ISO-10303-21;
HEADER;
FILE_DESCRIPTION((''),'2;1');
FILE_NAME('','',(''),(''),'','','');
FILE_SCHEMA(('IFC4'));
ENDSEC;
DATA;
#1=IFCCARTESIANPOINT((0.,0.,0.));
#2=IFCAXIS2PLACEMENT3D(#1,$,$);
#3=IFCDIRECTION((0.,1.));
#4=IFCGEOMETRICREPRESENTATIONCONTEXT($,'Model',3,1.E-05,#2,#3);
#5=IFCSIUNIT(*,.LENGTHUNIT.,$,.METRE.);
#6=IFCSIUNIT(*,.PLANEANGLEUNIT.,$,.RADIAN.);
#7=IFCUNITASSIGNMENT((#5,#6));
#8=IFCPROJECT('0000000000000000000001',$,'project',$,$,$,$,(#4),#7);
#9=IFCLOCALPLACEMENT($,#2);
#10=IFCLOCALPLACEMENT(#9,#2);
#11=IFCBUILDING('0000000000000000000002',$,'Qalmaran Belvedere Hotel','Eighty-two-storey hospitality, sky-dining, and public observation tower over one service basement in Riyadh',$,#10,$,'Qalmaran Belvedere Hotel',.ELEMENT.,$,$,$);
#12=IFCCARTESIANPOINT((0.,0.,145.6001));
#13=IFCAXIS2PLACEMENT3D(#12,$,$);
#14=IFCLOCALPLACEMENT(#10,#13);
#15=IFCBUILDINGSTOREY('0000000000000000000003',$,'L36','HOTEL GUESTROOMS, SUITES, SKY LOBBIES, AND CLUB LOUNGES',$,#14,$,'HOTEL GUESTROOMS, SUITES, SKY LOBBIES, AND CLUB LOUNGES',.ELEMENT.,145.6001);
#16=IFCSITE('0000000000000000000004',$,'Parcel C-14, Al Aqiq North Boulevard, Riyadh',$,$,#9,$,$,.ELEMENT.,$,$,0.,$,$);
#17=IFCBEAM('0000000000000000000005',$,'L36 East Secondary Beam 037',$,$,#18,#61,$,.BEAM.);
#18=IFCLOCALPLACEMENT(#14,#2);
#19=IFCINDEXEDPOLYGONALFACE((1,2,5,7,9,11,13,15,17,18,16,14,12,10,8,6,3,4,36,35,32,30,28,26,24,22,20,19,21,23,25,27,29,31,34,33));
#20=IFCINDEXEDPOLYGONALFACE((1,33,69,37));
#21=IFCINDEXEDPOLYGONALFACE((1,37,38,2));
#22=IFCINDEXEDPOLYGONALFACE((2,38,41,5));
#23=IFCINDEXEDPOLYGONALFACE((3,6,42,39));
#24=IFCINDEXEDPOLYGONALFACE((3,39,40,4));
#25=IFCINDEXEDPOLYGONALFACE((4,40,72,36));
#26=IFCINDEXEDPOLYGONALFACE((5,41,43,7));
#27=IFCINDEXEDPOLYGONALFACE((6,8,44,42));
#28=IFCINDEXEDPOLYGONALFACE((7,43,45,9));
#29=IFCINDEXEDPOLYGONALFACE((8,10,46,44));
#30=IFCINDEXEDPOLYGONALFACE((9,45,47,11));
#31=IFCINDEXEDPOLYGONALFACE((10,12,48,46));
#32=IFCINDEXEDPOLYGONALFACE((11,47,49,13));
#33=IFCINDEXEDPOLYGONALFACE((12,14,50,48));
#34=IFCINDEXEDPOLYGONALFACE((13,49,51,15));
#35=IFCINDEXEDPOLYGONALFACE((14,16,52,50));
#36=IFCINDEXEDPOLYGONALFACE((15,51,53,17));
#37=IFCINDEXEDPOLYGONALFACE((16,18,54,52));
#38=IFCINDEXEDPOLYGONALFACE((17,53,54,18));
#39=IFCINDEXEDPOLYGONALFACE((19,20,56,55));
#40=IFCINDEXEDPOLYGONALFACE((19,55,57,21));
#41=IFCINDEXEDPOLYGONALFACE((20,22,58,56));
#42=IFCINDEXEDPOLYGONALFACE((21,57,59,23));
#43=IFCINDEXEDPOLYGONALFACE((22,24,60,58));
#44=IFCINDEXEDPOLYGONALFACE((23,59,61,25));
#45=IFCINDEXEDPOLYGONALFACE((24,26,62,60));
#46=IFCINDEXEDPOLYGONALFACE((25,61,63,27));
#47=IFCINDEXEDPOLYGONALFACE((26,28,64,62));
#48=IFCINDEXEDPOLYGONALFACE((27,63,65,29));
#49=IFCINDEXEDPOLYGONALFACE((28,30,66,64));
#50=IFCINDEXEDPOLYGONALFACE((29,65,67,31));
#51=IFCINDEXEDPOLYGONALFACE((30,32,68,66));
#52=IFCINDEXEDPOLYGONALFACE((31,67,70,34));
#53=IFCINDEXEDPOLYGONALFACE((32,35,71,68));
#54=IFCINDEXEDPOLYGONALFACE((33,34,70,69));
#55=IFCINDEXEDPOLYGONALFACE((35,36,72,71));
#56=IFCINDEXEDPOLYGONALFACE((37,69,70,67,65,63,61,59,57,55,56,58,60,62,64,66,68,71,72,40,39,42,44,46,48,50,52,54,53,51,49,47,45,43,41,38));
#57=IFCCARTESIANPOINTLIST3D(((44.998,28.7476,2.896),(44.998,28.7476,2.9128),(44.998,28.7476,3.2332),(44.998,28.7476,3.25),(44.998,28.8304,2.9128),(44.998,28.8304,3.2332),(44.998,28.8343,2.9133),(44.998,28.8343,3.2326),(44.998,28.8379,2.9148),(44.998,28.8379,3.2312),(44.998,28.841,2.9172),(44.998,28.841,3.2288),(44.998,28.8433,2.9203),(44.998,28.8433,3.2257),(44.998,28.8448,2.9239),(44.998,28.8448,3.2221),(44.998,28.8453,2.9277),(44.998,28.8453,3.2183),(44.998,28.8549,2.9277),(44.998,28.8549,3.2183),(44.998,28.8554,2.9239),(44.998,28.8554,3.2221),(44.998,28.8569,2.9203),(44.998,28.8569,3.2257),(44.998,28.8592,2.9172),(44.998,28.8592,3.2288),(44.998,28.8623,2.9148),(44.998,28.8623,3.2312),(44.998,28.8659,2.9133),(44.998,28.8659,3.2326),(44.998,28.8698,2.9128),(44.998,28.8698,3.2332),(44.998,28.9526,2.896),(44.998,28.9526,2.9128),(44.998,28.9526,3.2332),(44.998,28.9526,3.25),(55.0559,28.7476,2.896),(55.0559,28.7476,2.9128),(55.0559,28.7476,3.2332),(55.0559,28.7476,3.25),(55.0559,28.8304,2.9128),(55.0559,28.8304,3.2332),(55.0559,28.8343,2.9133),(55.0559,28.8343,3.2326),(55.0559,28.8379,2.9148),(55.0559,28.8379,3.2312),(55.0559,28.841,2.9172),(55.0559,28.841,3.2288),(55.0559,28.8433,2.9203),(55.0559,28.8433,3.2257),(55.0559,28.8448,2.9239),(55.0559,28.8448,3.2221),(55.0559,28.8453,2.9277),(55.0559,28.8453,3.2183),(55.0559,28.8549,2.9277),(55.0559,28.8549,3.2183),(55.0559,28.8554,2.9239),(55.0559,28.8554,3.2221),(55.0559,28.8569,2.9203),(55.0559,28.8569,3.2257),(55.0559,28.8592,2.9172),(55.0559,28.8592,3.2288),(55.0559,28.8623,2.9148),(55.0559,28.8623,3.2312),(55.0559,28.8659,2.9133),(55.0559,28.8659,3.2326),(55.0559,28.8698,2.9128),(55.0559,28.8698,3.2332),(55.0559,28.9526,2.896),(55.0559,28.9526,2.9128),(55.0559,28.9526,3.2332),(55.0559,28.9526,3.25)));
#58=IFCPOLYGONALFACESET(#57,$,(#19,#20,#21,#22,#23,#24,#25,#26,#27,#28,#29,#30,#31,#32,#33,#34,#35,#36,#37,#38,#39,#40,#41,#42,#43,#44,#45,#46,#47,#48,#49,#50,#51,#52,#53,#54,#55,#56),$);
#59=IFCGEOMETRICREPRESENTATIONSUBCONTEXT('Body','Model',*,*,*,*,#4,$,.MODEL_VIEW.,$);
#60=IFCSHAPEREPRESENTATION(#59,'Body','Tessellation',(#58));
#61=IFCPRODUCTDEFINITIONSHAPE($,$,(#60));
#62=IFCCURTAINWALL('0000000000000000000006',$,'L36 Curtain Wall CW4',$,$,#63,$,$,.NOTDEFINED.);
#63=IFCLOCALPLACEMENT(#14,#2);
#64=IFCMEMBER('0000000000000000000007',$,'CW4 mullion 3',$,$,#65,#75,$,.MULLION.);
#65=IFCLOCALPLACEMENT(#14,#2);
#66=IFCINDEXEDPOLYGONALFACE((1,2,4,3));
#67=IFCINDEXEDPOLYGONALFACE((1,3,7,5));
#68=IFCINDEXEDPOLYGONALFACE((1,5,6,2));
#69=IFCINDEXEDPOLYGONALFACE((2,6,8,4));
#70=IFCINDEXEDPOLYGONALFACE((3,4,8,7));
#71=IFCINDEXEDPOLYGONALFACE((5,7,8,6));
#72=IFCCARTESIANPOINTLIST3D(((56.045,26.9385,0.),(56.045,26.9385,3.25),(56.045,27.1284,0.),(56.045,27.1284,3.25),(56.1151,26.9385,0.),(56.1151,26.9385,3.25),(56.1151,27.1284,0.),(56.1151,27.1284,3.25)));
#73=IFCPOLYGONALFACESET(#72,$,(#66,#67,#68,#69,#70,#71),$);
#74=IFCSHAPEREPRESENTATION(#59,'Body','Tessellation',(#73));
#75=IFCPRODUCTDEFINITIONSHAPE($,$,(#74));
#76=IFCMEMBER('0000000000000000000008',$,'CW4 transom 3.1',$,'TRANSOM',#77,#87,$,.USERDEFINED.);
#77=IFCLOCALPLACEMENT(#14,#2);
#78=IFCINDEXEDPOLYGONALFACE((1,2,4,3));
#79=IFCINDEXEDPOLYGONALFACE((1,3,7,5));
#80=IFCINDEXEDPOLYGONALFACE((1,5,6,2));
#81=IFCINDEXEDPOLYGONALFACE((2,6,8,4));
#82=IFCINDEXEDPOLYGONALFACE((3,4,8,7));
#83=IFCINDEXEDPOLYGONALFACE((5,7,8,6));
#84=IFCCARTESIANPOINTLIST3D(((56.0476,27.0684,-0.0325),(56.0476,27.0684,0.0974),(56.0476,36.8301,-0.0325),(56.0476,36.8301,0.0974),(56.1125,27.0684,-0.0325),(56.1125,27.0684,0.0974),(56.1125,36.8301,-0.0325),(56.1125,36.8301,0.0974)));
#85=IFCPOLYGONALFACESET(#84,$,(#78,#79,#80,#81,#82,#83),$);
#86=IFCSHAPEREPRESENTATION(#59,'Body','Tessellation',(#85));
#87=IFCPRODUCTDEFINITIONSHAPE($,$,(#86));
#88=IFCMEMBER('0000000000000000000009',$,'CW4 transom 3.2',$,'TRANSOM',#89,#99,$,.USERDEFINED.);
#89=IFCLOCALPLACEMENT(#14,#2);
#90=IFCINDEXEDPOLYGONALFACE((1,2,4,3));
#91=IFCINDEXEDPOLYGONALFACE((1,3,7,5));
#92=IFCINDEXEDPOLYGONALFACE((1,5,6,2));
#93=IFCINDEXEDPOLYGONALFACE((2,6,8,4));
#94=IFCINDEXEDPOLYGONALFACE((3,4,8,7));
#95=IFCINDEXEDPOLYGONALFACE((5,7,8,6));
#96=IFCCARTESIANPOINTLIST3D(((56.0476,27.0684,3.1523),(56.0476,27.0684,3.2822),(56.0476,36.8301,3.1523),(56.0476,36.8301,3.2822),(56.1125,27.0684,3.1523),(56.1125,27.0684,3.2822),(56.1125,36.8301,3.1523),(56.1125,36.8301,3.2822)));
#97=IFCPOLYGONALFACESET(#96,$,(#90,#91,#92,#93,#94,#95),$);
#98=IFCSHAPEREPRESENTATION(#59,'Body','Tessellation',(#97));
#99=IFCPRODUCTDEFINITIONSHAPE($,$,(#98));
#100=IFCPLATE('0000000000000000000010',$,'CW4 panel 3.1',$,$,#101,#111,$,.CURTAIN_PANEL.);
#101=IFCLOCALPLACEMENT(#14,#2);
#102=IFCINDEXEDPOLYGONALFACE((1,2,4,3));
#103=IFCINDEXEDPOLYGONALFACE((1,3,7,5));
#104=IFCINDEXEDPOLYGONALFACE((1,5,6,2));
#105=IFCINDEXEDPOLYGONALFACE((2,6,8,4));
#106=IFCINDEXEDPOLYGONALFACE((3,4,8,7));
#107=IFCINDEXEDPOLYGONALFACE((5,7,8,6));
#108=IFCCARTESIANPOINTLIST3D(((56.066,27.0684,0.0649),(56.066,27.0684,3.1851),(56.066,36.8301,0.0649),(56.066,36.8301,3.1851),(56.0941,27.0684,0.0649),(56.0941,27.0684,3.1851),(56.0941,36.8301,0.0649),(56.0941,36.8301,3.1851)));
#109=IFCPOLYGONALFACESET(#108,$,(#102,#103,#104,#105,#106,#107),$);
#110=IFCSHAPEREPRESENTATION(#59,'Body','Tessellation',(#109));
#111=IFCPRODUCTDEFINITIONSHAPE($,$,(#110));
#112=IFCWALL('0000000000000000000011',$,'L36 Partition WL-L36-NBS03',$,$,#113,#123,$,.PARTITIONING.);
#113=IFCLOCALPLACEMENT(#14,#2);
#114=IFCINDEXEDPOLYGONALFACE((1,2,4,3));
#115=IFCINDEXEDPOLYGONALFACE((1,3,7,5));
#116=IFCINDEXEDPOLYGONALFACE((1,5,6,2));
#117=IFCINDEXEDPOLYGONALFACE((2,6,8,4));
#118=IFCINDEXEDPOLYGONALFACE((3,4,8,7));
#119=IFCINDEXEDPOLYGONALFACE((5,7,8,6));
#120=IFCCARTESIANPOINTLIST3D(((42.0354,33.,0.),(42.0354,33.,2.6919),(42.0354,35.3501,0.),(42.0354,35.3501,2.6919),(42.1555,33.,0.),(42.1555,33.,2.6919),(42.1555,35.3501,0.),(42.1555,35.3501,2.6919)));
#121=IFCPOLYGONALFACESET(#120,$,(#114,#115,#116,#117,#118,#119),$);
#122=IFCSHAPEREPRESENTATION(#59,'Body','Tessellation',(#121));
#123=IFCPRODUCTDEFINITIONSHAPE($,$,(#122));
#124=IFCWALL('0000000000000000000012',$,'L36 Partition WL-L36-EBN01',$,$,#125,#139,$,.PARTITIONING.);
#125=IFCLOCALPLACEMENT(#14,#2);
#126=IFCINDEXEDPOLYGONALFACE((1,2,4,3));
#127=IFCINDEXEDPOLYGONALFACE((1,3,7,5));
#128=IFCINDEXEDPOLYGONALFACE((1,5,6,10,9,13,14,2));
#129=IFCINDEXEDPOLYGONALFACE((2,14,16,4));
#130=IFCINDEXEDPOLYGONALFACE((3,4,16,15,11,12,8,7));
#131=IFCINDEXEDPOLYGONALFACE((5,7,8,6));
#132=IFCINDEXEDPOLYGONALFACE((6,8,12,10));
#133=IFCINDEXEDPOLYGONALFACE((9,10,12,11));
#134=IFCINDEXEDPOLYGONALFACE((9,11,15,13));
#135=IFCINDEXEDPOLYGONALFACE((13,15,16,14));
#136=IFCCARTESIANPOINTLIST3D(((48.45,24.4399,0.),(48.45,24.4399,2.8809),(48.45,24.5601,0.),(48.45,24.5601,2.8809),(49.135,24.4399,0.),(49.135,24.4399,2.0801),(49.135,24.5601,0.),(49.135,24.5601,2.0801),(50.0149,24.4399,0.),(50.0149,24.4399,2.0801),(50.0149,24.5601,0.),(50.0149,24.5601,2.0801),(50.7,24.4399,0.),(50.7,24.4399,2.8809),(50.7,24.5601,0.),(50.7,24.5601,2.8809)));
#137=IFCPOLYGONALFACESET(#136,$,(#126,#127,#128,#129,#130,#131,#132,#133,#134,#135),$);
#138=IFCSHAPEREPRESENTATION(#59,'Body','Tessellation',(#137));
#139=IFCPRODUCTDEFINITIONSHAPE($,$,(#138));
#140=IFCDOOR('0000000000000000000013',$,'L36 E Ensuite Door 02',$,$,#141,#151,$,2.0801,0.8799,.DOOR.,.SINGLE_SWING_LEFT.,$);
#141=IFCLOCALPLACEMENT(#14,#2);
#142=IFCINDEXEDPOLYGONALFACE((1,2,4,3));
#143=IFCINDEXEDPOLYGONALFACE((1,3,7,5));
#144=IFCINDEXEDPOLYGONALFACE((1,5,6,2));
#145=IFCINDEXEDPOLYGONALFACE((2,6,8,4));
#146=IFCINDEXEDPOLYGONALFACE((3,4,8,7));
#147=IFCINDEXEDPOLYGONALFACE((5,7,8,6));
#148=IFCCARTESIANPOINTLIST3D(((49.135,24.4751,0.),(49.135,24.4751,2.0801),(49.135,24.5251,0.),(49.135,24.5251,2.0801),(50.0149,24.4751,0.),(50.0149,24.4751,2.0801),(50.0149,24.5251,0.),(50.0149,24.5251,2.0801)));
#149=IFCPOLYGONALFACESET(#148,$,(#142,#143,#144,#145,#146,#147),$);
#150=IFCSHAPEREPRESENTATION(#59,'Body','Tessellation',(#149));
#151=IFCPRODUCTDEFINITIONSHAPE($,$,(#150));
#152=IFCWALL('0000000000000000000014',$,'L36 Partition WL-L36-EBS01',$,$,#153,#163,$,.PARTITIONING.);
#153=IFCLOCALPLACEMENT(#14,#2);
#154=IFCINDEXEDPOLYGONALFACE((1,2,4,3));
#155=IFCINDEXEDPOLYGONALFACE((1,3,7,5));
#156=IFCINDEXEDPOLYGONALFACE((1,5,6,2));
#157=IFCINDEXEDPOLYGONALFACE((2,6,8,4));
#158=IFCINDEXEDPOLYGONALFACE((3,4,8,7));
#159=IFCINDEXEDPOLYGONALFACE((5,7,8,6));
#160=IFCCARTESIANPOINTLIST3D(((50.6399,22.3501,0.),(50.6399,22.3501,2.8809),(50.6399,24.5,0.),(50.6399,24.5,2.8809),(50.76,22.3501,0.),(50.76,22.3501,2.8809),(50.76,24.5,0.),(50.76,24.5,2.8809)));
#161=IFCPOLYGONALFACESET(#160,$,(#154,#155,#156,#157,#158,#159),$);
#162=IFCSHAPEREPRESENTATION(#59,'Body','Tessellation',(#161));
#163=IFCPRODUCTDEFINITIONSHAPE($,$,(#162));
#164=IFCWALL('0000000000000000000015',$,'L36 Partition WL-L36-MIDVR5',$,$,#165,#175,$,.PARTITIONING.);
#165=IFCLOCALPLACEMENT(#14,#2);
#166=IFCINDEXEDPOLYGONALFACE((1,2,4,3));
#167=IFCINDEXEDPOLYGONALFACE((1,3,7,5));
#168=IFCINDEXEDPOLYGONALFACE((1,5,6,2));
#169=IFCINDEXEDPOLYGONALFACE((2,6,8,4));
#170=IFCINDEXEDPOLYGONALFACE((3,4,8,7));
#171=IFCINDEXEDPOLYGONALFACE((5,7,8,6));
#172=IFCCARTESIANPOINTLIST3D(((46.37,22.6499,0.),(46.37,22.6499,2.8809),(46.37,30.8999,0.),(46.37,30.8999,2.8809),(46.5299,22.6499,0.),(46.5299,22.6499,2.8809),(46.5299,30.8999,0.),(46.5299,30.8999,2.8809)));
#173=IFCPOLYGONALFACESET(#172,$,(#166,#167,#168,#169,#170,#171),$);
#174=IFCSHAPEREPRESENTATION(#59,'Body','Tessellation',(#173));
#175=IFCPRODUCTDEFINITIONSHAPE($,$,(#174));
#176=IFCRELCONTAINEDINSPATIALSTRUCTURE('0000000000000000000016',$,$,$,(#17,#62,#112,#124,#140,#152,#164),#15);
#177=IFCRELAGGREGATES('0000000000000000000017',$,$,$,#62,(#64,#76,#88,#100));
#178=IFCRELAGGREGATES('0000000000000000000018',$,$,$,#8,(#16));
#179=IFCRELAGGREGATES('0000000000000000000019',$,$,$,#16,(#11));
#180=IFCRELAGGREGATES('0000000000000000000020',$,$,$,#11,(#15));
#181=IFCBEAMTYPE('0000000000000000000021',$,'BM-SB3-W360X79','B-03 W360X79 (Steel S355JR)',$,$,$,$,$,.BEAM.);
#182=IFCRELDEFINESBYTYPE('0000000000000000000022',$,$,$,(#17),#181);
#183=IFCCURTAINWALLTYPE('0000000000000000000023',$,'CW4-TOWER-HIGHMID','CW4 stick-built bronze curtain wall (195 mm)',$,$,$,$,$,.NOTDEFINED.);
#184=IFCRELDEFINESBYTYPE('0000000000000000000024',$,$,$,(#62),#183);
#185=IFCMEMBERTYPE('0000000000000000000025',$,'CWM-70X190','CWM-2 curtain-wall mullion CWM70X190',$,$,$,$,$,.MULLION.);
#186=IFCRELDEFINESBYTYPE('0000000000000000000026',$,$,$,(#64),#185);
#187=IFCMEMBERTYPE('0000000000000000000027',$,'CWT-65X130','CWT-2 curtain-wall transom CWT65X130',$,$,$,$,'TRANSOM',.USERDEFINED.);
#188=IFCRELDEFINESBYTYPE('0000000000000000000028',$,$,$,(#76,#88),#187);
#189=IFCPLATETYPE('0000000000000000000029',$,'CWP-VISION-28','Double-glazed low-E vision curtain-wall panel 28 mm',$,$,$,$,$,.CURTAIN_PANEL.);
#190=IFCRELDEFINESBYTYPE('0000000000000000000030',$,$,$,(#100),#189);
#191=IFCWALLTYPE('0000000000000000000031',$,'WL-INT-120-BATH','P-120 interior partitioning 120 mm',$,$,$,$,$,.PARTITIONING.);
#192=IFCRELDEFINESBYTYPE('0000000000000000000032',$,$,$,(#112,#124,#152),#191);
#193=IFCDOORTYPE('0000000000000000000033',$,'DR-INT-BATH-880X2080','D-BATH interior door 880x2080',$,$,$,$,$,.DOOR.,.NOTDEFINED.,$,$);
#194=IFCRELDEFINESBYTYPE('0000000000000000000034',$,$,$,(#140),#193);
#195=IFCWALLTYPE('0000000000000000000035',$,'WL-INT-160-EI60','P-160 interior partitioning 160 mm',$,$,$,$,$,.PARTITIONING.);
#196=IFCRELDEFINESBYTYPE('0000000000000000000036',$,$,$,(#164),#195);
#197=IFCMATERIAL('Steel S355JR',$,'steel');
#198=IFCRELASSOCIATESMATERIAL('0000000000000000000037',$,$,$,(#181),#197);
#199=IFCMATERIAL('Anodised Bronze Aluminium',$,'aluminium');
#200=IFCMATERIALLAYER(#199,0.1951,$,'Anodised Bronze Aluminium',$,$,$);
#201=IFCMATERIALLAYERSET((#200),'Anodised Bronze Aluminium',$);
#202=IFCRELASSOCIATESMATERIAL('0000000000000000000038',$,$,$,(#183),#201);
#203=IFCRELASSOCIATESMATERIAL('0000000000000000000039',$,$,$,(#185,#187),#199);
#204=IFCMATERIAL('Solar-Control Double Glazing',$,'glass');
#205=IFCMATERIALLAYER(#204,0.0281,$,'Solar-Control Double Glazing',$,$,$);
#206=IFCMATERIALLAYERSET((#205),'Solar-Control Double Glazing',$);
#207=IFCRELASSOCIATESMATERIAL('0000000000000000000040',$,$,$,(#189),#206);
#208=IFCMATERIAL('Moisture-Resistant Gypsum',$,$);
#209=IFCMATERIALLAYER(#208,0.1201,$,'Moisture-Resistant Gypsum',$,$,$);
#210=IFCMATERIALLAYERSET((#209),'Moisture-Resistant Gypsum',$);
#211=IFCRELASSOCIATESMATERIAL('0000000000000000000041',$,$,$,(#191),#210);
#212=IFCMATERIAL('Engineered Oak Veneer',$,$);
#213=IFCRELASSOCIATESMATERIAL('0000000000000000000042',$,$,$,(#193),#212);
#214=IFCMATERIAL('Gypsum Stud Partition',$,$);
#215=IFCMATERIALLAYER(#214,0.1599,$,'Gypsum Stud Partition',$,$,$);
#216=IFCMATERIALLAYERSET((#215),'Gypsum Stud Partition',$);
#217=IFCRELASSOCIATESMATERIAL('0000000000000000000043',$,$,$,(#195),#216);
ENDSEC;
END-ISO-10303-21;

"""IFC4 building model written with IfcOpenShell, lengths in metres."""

from ifc_helpers import new_model, si_unit, direction, frame, frame_2d, origin, origin_2d, place, context, subcontext, project, spatial, rectangle, i_section, extrude, material, layer, layer_set, material_profile, profile_set, type_object, element, fill, aggregate, save


model = new_model("IFC4")

# Units and contexts
model_context = context("Model", 3, precision=1e-05, world=origin(), true_north=direction((0.0, 1.0)))
body_context = subcontext(model_context, "Body", "Model", "MODEL_VIEW")
ifc_project = project(units=[si_unit("LENGTHUNIT", "METRE"), si_unit("PLANEANGLEUNIT", "RADIAN")], contexts=[model_context])

# Site, building, storey
site_placement = place(None, origin())
site = spatial("IfcSite", under=ifc_project, at=site_placement, Name="Parcel C-14, Al Aqiq North Boulevard, Riyadh", CompositionType="ELEMENT", RefElevation=0.0)
building_placement = place(site_placement, origin())
building = spatial("IfcBuilding", under=site, at=building_placement, Name="Qalmaran Belvedere Hotel", Description="Eighty-two-storey hospitality, sky-dining, and public observation tower over one service basement in Riyadh", LongName="Qalmaran Belvedere Hotel", CompositionType="ELEMENT")
storey_placement = place(building_placement, frame((0.0, 0.0, 145.6001)))
storey = spatial("IfcBuildingStorey", under=building, at=storey_placement, Name="L36", Description="HOTEL GUESTROOMS, SUITES, SKY LOBBIES, AND CLUB LOUNGES", LongName="HOTEL GUESTROOMS, SUITES, SKY LOBBIES, AND CLUB LOUNGES", CompositionType="ELEMENT", Elevation=145.6001)

# Beam
ifc_material_1 = material(Name="Steel S355JR", Category="steel")
ifc_material_profile_1 = material_profile(ifc_material_1, i_section(OverallWidth=0.2051, OverallDepth=0.354, WebThickness=0.0095, FlangeThickness=0.0168, FilletRadius=0.0149, at=origin_2d()), Name="W360X79")
ifc_profile_set_1 = profile_set([ifc_material_profile_1], Name="Steel S355JR")
beam_type_1 = type_object("IfcBeamType", Name="BM-SB3-W360X79", Description="B-03 W360X79 (Steel S355JR)", PredefinedType="BEAM", material=ifc_profile_set_1)
for number, where, z_axis, x_axis, name in (
    (1, (44.998, 28.8501, 3.073), (1.0, 0.0, 0.0), (0.0, 1.0, 0.0), "L36 East Secondary Beam 037"),
):
    element("IfcBeam", number, at=place(storey_placement, frame(where, z_axis=z_axis, x_axis=x_axis)), inside=storey, type_object=beam_type_1, Name=name, PredefinedType="BEAM", context=body_context, shape_type="SweptSolid", body=[
        extrude(i_section(OverallWidth=0.2051, OverallDepth=0.354, WebThickness=0.0095, FlangeThickness=0.0168, FilletRadius=0.0149, at=origin_2d()), origin(), (0.0, 0.0, 1.0), 10.0579),
    ])

# Curtain wall, members, plate
ifc_material_2 = material(Name="Anodised Bronze Aluminium", Category="aluminium")
ifc_layer_1 = layer(ifc_material_2, 0.1951, Name="Anodised Bronze Aluminium")
ifc_layer_set_1 = layer_set([ifc_layer_1], Name="Anodised Bronze Aluminium")
curtain_wall_type = type_object("IfcCurtainWallType", Name="CW4-TOWER-HIGHMID", Description="CW4 stick-built bronze curtain wall (195 mm)", PredefinedType="NOTDEFINED", material=ifc_layer_set_1)
curtain_wall_placement = place(storey_placement, origin())
curtain_wall = element("IfcCurtainWall", 2, at=curtain_wall_placement, inside=storey, type_object=curtain_wall_type, Name="L36 Curtain Wall CW4", PredefinedType="NOTDEFINED")
ifc_material_profile_2 = material_profile(ifc_material_2, rectangle(XDim=0.0701, YDim=0.1899, at=origin_2d()), Name="CWM70X190")
ifc_profile_set_2 = profile_set([ifc_material_profile_2], Name="Anodised Bronze Aluminium")
member_type_1 = type_object("IfcMemberType", Name="CWM-70X190", Description="CWM-2 curtain-wall mullion CWM70X190", PredefinedType="MULLION", material=ifc_profile_set_2)
member_1_placement = place(storey_placement, frame((56.0801, 27.0334, 0.0), z_axis=(0.0, 0.0, 1.0), x_axis=(-1.0, 0.0, 0.0)))
member_1 = element("IfcMember", 3, at=member_1_placement, type_object=member_type_1, Name="CW4 mullion 3", PredefinedType="MULLION", context=body_context, shape_type="SweptSolid", body=[
    extrude(rectangle(XDim=0.0701, YDim=0.1899, at=origin_2d()), origin(), (0.0, 0.0, 1.0), 3.25),
])
ifc_material_profile_3 = material_profile(ifc_material_2, rectangle(XDim=0.0649, YDim=0.1299, at=origin_2d()), Name="CWT65X130")
ifc_profile_set_3 = profile_set([ifc_material_profile_3], Name="Anodised Bronze Aluminium")
member_type_2 = type_object("IfcMemberType", Name="CWT-65X130", Description="CWT-2 curtain-wall transom CWT65X130", ElementType="TRANSOM", PredefinedType="USERDEFINED", material=ifc_profile_set_3)
member_2_placement = place(storey_placement, frame((56.0801, 27.0684, 0.0325), z_axis=(0.0, 1.0, 0.0), x_axis=(-1.0, 0.0, 0.0)))
member_2 = element("IfcMember", 4, at=member_2_placement, type_object=member_type_2, Name="CW4 transom 3.1", ObjectType="TRANSOM", PredefinedType="USERDEFINED", context=body_context, shape_type="SweptSolid", body=[
    extrude(rectangle(XDim=0.0649, YDim=0.1299, at=origin_2d()), origin(), (0.0, 0.0, 1.0), 9.7617),
])
member_3_placement = place(storey_placement, frame((56.0801, 27.0684, 3.2173), z_axis=(0.0, 1.0, 0.0), x_axis=(-1.0, 0.0, 0.0)))
member_3 = element("IfcMember", 5, at=member_3_placement, type_object=member_type_2, Name="CW4 transom 3.2", ObjectType="TRANSOM", PredefinedType="USERDEFINED", context=body_context, shape_type="SweptSolid", body=[
    extrude(rectangle(XDim=0.0649, YDim=0.1299, at=origin_2d()), origin(), (0.0, 0.0, 1.0), 9.7617),
])
ifc_material_3 = material(Name="Solar-Control Double Glazing", Category="glass")
ifc_layer_2 = layer(ifc_material_3, 0.0281, Name="Solar-Control Double Glazing")
ifc_layer_set_2 = layer_set([ifc_layer_2], Name="Solar-Control Double Glazing")
plate_type = type_object("IfcPlateType", Name="CWP-VISION-28", Description="Double-glazed low-E vision curtain-wall panel 28 mm", PredefinedType="CURTAIN_PANEL", material=ifc_layer_set_2)
plate_placement = place(storey_placement, frame((56.0801, 31.9492, 0.0649), z_axis=(0.0, 0.0, 1.0), x_axis=(0.0, 1.0, 0.0)))
plate = element("IfcPlate", 6, at=plate_placement, type_object=plate_type, Name="CW4 panel 3.1", PredefinedType="CURTAIN_PANEL", context=body_context, shape_type="SweptSolid", body=[
    extrude(rectangle(XDim=9.7617, YDim=0.0281, at=origin_2d()), origin(), (0.0, 0.0, 1.0), 3.1201),
])
aggregate(curtain_wall, [member_1, member_2, member_3, plate])

# Wall
ifc_material_4 = material(Name="Moisture-Resistant Gypsum")
ifc_layer_3 = layer(ifc_material_4, 0.1201, Name="Moisture-Resistant Gypsum")
ifc_layer_set_3 = layer_set([ifc_layer_3], Name="Moisture-Resistant Gypsum")
wall_type_1 = type_object("IfcWallType", Name="WL-INT-120-BATH", Description="P-120 interior partitioning 120 mm", PredefinedType="PARTITIONING", material=ifc_layer_set_3)
wall_1_placement = place(storey_placement, frame((42.0955, 33.0, 0.0), z_axis=(0.0, 0.0, 1.0), x_axis=(0.0, 1.0, 0.0)))
element("IfcWall", 7, at=wall_1_placement, inside=storey, type_object=wall_type_1, Name="L36 Partition WL-L36-NBS03", PredefinedType="PARTITIONING", context=body_context, shape_type="SweptSolid", body=[
    extrude(rectangle(XDim=2.3501, YDim=0.1201, at=frame_2d((1.175, 0.0))), origin(), (0.0, 0.0, 1.0), 2.6919),
])

# Wall, opening, door
wall_2_placement = place(storey_placement, frame((48.45, 24.5, 0.0), z_axis=(0.0, 0.0, 1.0), x_axis=(1.0, 0.0, 0.0)))
wall_2 = element("IfcWall", 8, at=wall_2_placement, inside=storey, type_object=wall_type_1, Name="L36 Partition WL-L36-EBN01", PredefinedType="PARTITIONING", context=body_context, shape_type="SweptSolid", body=[
    extrude(rectangle(XDim=2.25, YDim=0.1201, at=frame_2d((1.125, 0.0))), origin(), (0.0, 0.0, 1.0), 2.8809),
])
opening_1_placement = place(wall_2_placement, frame((1.5649, 0.0, 0.0), z_axis=(0.0, 0.0, 1.0), x_axis=(-1.0, 0.0, 0.0)))
opening_1 = element("IfcOpeningElement", 9, at=opening_1_placement, cuts=wall_2, PredefinedType="OPENING", context=body_context, shape_type="SweptSolid", body=[
    extrude(rectangle(XDim=0.8799, YDim=2.0801, at=frame_2d((0.4399, 1.04))), frame((0.0, 0.0701, 0.0), z_axis=(0.0, -1.0, 0.0), x_axis=(1.0, 0.0, 0.0)), (0.0, 0.0, 1.0), 0.1401),
])
ifc_material_5 = material(Name="Engineered Oak Veneer")
door_type_1 = type_object("IfcDoorType", Name="DR-INT-BATH-880X2080", Description="D-BATH interior door 880x2080", OperationType="NOTDEFINED", PredefinedType="DOOR", material=ifc_material_5)
door_1_placement = place(opening_1_placement, origin())
door_1 = element("IfcDoor", 10, at=door_1_placement, inside=storey, type_object=door_type_1, Name="L36 E Ensuite Door 02", OperationType="SINGLE_SWING_LEFT", OverallHeight=2.0801, OverallWidth=0.8799, PredefinedType="DOOR", context=body_context, shape_type="SweptSolid", body=[
    extrude(rectangle(XDim=0.8799, YDim=2.0801, at=frame_2d((0.4399, 1.04))), frame((0.0, 0.0249, 0.0), z_axis=(0.0, -1.0, 0.0), x_axis=(1.0, 0.0, 0.0)), (0.0, 0.0, 1.0), 0.05),
])
fill(opening_1, door_1)

# Wall
wall_3_placement = place(storey_placement, frame((50.7, 22.3501, 0.0), z_axis=(0.0, 0.0, 1.0), x_axis=(0.0, 1.0, 0.0)))
element("IfcWall", 11, at=wall_3_placement, inside=storey, type_object=wall_type_1, Name="L36 Partition WL-L36-EBS01", PredefinedType="PARTITIONING", context=body_context, shape_type="SweptSolid", body=[
    extrude(rectangle(XDim=2.1499, YDim=0.1201, at=frame_2d((1.075, 0.0))), origin(), (0.0, 0.0, 1.0), 2.8809),
])

# Shared definitions
ifc_material_6 = material(Name="Gypsum Stud Partition")

# Wall
ifc_layer_4 = layer(ifc_material_6, 0.1599, Name="Gypsum Stud Partition")
ifc_layer_set_4 = layer_set([ifc_layer_4], Name="Gypsum Stud Partition")
wall_type_2 = type_object("IfcWallType", Name="WL-INT-160-EI60", Description="P-160 interior partitioning 160 mm", PredefinedType="PARTITIONING", material=ifc_layer_set_4)
wall_4_placement = place(storey_placement, frame((46.45, 22.6499, 0.0), z_axis=(0.0, 0.0, 1.0), x_axis=(0.0, 1.0, 0.0)))
element("IfcWall", 12, at=wall_4_placement, inside=storey, type_object=wall_type_2, Name="L36 Partition WL-L36-MIDVR5", PredefinedType="PARTITIONING", context=body_context, shape_type="SweptSolid", body=[
    extrude(rectangle(XDim=8.25, YDim=0.1599, at=frame_2d((4.125, 0.0))), origin(), (0.0, 0.0, 1.0), 2.8809),
])

save(model, "model.ifc")
